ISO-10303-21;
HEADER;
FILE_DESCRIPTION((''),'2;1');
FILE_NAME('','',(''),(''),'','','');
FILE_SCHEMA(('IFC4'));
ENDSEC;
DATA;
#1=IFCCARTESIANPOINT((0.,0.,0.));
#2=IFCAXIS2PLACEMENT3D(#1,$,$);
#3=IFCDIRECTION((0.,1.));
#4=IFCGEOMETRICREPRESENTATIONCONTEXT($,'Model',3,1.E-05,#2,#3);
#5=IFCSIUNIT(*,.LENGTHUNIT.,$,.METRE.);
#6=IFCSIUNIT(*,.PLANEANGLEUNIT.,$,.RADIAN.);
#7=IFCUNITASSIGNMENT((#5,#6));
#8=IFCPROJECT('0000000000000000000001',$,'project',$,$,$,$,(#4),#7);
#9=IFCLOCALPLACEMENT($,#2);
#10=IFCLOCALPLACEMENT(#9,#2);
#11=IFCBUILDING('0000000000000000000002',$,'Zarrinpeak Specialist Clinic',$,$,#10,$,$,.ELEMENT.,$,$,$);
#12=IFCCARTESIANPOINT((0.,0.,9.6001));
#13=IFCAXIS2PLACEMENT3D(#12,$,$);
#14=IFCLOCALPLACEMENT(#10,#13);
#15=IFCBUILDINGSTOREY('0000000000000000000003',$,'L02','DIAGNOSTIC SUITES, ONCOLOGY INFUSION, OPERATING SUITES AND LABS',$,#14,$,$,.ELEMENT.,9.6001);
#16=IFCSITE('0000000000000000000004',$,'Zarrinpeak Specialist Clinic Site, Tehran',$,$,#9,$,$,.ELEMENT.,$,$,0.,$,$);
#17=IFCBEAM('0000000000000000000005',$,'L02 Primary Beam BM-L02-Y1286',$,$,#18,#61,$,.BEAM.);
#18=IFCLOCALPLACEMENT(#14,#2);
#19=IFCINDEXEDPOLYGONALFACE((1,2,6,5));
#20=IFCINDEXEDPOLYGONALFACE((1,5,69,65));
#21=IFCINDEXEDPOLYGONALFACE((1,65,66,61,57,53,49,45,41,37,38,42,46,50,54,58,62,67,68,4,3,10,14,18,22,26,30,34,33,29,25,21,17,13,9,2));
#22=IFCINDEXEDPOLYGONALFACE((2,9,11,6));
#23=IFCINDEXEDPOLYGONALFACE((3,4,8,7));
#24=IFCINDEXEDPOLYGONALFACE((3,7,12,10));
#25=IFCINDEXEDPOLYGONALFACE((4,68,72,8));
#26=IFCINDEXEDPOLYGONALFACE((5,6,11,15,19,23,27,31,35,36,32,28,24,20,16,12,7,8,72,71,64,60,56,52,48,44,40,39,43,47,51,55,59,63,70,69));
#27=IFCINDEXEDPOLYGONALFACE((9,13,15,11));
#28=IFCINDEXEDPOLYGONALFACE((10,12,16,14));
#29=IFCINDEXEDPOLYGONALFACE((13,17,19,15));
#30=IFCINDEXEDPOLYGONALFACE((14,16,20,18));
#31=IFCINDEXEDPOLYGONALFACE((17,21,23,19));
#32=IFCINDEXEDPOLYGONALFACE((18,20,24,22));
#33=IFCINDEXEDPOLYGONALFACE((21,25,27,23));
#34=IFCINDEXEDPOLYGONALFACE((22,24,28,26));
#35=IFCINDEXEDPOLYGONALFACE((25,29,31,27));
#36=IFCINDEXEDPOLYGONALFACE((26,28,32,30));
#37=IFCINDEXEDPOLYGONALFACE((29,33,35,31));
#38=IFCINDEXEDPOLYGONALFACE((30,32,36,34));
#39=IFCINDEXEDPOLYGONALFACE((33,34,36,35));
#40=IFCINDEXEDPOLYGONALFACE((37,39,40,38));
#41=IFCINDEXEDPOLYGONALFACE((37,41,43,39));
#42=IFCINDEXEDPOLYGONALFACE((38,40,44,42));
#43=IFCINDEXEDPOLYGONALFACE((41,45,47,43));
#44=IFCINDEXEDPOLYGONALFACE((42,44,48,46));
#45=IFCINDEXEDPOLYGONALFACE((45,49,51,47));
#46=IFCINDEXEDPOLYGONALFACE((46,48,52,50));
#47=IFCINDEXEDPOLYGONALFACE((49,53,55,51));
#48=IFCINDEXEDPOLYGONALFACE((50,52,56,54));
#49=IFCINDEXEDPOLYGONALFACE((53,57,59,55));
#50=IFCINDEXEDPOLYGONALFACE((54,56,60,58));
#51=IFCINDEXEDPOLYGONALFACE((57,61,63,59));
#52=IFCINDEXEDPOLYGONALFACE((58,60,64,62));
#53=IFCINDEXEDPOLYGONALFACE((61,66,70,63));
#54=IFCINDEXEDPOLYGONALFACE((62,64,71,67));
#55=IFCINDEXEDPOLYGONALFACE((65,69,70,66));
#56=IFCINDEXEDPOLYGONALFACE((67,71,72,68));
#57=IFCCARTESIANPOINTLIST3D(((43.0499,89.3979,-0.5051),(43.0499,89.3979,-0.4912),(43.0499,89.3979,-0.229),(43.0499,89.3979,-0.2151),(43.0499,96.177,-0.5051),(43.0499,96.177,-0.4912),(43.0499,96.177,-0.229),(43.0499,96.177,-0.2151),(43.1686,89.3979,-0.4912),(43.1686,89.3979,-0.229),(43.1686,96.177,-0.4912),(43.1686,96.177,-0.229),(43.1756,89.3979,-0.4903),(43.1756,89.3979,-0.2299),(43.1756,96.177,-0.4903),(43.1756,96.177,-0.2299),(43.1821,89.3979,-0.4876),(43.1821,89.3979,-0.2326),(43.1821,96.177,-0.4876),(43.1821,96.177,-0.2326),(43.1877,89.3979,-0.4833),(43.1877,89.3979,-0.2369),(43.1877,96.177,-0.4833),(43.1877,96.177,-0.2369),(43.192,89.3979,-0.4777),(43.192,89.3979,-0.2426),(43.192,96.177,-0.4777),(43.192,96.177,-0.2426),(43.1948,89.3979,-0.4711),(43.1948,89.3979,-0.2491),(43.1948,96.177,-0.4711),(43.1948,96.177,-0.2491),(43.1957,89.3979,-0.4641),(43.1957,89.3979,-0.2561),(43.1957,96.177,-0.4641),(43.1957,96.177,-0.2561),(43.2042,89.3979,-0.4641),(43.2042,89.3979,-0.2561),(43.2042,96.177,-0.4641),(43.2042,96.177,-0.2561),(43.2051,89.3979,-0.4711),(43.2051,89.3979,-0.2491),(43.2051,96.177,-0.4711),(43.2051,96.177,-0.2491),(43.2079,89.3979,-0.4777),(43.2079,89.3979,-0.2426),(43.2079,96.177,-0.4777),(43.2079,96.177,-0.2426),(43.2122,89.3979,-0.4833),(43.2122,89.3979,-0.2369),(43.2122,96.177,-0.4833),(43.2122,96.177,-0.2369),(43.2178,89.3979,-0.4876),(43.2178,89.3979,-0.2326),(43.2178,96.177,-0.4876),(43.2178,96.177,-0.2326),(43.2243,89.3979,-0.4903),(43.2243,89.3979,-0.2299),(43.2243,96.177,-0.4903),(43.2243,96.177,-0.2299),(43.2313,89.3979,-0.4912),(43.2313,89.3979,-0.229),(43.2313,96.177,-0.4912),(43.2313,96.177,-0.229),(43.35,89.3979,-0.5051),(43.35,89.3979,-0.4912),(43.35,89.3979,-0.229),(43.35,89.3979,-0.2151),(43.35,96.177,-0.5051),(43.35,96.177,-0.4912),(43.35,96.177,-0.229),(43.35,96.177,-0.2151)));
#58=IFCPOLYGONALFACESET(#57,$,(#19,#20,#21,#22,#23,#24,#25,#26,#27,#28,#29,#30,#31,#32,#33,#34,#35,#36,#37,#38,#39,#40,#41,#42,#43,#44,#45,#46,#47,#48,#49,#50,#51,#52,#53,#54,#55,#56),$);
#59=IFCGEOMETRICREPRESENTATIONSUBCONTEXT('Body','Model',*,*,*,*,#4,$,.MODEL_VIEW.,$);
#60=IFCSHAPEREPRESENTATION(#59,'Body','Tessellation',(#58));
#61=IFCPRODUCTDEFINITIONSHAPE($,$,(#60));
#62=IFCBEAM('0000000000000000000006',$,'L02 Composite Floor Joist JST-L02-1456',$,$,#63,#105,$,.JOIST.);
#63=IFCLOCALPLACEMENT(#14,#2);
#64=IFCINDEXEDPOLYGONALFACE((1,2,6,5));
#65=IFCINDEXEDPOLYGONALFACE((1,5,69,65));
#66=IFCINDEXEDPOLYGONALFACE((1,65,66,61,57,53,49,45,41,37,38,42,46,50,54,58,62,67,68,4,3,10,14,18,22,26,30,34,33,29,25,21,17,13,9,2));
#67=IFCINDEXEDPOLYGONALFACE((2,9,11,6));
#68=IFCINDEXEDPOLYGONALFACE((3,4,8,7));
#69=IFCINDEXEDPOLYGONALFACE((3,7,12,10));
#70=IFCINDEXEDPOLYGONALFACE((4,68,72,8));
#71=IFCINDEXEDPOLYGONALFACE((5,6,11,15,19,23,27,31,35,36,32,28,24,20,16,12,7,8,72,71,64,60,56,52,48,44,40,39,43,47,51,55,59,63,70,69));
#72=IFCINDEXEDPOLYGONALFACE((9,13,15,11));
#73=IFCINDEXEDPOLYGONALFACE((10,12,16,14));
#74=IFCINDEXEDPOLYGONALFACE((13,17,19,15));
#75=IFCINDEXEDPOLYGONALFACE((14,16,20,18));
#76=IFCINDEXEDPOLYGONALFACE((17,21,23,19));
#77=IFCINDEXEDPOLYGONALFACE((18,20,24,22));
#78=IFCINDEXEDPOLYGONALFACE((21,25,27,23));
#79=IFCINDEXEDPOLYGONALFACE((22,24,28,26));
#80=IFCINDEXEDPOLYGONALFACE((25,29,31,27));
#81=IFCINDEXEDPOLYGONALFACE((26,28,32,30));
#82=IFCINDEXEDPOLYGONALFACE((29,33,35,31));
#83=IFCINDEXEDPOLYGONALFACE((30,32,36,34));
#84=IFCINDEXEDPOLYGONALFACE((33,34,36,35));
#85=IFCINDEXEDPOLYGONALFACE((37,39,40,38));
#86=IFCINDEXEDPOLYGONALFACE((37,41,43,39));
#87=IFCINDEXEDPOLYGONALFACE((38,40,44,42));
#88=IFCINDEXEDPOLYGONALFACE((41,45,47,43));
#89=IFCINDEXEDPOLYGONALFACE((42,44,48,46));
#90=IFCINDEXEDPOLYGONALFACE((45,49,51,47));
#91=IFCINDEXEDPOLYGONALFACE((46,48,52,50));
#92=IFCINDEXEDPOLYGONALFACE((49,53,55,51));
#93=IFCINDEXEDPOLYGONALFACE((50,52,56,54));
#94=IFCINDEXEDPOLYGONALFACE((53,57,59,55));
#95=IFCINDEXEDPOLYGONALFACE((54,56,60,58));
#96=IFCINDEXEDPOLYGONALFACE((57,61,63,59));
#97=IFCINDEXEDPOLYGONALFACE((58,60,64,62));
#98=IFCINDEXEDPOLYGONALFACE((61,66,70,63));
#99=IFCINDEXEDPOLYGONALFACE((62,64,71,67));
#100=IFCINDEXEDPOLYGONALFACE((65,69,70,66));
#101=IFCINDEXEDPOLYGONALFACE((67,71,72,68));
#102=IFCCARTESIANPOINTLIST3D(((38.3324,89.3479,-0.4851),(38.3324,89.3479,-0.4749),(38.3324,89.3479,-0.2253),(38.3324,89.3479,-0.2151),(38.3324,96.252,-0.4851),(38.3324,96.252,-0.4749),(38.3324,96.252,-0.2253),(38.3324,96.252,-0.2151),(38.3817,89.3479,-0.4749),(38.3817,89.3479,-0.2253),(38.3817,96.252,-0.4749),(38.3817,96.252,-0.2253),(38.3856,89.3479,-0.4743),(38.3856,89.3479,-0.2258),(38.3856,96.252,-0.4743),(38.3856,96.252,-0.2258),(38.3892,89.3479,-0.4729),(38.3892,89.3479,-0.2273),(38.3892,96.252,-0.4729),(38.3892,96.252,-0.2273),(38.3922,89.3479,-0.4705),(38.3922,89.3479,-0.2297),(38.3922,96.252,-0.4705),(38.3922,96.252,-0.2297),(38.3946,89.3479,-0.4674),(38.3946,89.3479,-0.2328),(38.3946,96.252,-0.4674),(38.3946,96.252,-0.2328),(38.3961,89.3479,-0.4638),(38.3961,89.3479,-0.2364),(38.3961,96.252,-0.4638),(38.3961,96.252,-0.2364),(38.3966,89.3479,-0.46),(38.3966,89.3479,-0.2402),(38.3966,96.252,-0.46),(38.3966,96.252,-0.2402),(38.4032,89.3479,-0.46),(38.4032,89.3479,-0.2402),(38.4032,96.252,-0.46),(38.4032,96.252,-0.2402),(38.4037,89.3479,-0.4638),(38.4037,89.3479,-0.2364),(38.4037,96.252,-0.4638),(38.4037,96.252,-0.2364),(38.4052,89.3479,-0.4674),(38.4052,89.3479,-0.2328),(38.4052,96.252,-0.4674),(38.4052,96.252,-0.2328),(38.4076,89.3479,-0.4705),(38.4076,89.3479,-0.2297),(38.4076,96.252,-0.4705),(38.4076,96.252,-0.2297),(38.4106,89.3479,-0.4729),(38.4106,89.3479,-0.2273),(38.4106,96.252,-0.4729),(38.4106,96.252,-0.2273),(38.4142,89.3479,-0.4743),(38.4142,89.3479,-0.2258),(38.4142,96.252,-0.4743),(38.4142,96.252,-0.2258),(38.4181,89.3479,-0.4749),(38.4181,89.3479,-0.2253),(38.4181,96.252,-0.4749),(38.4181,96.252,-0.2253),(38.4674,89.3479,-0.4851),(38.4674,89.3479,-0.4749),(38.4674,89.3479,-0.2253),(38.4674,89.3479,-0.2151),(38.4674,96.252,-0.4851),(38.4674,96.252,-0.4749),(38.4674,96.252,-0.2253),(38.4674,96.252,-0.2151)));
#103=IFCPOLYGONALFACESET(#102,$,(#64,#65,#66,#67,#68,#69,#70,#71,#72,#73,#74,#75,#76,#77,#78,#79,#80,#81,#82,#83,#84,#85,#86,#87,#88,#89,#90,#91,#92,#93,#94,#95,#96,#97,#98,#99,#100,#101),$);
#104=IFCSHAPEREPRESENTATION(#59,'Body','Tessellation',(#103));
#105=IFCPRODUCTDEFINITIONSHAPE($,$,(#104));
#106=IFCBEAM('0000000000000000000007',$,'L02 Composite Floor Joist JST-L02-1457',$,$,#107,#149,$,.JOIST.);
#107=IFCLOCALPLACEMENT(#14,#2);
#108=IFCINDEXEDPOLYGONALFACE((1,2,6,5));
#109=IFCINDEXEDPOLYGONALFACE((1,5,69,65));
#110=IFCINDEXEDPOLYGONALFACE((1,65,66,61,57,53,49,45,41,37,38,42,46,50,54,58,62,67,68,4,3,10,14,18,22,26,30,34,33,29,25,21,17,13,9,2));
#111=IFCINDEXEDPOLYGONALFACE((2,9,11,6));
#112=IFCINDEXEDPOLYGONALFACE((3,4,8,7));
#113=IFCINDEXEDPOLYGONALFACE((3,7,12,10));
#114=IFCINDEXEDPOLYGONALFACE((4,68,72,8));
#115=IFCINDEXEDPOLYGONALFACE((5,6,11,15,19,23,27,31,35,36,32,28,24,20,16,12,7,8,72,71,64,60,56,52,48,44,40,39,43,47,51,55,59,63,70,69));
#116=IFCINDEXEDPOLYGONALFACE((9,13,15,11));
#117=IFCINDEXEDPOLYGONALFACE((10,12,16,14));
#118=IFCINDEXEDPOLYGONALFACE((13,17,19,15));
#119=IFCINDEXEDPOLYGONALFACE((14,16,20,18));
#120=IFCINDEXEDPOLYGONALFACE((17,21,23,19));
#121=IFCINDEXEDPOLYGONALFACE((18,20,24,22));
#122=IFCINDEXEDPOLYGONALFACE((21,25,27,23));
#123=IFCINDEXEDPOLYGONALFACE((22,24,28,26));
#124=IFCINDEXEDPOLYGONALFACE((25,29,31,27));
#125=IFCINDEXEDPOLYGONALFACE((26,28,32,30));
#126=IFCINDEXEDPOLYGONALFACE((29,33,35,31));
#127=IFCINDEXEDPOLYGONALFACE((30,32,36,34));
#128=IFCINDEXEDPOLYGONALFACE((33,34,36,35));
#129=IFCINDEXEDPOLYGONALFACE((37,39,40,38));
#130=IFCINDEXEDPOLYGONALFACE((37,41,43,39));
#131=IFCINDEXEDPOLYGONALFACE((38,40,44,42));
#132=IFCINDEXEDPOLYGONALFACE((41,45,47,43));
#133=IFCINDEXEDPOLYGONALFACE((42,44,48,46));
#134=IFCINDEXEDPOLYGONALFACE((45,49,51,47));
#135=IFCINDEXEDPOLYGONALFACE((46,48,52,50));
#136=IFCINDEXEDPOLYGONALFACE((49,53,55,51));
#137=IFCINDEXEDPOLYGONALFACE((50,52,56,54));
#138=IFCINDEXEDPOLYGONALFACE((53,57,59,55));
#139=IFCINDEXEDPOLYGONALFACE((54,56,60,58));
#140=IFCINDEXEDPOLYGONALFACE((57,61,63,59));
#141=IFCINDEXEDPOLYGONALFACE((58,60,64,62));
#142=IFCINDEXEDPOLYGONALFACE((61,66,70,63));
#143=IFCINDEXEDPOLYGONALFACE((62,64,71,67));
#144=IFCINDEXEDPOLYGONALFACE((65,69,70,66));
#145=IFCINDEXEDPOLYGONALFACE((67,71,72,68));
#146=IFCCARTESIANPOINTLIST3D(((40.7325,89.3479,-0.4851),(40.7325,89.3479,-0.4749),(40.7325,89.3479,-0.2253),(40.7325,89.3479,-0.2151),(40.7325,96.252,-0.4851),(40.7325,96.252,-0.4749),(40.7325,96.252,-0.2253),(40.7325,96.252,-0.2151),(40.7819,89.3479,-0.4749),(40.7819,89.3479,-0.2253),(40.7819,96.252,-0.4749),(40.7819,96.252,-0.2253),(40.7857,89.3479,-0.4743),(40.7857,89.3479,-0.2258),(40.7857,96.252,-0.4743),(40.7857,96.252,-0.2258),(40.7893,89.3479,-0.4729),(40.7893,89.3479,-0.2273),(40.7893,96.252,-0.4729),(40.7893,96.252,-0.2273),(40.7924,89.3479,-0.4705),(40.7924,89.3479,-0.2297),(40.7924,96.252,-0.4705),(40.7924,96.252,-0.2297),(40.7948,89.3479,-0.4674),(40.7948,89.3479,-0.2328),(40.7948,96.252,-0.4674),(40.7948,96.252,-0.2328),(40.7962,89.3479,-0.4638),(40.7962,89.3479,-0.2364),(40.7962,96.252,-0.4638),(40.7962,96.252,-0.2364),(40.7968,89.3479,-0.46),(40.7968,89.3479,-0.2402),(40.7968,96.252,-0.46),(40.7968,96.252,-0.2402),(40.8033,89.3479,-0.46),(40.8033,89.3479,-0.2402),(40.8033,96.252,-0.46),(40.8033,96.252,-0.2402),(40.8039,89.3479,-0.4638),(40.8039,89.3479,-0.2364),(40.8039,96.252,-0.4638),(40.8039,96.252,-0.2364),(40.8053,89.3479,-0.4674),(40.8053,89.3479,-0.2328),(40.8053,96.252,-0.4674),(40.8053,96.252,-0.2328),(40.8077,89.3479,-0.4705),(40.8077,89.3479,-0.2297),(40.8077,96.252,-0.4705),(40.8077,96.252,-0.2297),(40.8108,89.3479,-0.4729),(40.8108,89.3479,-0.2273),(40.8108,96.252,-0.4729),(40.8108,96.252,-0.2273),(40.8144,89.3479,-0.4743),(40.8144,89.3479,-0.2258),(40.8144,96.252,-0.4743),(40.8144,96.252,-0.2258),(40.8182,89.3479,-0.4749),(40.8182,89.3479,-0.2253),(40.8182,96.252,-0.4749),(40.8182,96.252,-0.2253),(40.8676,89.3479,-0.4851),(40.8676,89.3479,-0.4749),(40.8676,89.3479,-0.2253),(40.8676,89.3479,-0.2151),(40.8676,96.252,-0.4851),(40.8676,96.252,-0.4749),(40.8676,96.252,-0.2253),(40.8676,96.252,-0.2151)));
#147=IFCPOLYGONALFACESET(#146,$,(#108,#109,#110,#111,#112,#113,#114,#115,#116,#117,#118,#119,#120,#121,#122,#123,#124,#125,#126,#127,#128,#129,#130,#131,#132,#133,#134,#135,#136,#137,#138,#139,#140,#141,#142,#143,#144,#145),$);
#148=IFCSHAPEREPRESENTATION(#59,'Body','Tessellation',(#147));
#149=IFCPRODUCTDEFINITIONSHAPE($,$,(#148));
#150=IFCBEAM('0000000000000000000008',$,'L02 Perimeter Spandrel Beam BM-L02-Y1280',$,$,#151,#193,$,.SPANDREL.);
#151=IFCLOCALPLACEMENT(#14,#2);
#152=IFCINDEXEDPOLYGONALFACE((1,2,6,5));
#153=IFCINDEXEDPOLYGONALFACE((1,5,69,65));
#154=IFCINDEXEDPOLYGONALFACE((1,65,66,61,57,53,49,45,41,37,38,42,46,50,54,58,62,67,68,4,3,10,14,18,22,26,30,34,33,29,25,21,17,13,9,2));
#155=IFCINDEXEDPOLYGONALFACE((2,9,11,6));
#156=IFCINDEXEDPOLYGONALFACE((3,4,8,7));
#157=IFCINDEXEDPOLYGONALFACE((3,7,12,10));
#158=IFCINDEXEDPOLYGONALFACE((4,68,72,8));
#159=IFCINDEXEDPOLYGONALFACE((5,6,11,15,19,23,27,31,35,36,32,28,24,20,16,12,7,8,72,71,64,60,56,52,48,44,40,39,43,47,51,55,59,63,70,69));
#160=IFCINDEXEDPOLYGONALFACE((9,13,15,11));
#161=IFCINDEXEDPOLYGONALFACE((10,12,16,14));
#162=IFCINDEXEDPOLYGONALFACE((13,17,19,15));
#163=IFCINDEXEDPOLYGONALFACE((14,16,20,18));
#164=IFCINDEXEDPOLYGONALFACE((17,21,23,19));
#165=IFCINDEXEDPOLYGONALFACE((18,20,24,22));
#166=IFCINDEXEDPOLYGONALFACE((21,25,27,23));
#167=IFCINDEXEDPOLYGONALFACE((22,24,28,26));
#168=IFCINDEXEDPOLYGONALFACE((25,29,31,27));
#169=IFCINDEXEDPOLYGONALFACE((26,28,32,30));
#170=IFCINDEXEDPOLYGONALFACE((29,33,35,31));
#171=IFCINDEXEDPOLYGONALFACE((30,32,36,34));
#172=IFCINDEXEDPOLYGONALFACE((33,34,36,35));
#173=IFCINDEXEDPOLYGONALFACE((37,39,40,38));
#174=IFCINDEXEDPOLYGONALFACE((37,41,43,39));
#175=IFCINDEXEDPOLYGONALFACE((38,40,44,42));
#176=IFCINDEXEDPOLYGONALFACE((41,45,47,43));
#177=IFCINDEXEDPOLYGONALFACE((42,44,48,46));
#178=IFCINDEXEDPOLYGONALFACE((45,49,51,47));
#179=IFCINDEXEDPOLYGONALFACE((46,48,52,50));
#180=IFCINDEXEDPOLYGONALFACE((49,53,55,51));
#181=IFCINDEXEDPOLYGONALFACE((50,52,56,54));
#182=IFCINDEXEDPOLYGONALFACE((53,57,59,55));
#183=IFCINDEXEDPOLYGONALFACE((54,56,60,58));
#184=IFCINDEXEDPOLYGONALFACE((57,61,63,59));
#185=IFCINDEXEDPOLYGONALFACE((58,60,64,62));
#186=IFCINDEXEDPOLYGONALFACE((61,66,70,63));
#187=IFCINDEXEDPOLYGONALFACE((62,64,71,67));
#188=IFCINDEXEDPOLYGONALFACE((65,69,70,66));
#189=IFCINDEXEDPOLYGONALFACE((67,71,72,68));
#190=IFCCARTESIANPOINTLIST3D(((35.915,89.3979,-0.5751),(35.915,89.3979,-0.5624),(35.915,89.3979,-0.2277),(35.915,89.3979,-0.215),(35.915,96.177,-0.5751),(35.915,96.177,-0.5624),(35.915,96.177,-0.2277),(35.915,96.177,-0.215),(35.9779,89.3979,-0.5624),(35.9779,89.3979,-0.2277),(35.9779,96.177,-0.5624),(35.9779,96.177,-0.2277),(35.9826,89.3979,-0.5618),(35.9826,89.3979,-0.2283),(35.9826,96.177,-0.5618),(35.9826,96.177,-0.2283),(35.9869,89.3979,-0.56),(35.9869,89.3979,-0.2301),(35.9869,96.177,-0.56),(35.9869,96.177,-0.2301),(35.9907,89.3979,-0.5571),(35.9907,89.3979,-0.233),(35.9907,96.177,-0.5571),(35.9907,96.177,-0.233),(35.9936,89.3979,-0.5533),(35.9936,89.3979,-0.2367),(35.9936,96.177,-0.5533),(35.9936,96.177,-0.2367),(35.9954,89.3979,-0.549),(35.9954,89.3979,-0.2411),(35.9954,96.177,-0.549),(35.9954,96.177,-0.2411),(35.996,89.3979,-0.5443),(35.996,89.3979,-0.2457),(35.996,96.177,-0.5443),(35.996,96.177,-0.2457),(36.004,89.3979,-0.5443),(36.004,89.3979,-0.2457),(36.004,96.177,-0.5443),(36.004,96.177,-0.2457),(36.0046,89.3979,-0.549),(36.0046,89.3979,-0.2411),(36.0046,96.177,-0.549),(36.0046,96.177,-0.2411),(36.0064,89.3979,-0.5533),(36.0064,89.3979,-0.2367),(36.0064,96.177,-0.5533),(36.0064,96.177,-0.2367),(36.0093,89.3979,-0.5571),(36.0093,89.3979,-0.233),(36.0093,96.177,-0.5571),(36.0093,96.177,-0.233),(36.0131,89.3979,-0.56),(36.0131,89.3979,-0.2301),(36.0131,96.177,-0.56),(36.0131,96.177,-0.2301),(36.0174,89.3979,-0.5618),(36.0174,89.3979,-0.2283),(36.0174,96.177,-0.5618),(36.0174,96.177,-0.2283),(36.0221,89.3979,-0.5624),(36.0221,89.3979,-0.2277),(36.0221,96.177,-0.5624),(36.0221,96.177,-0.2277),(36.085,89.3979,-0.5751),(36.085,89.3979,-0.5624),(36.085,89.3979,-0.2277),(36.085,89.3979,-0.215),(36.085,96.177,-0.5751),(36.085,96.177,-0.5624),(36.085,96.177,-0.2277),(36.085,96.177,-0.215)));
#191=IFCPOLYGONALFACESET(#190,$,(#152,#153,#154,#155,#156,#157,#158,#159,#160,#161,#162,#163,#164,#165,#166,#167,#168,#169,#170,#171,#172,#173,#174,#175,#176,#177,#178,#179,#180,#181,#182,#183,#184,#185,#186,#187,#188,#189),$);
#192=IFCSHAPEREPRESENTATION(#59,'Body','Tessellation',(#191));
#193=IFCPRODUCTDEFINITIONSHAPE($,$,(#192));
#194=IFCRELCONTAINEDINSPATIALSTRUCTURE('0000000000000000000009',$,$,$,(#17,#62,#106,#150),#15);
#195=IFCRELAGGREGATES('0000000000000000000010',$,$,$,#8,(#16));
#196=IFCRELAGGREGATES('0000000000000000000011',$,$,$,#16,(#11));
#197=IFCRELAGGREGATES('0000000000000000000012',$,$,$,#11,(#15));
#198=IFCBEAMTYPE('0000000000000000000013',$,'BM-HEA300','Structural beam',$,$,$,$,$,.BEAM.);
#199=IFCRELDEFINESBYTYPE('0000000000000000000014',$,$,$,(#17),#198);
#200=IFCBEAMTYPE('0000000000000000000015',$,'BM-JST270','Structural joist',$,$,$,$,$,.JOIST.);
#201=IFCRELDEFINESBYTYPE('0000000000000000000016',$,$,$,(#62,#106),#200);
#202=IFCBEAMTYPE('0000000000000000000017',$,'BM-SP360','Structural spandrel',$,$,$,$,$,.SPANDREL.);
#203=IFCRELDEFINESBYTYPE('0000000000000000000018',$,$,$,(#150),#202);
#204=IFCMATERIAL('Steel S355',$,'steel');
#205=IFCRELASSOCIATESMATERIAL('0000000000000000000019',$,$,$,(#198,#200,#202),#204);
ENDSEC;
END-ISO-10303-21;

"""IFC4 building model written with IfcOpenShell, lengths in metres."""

from ifc_helpers import new_model, si_unit, direction, frame, origin, origin_2d, place, context, subcontext, project, spatial, i_section, extrude, material, material_profile, profile_set, type_object, element, save


model = new_model("IFC4")

# Units and contexts
model_context = context("Model", 3, precision=1e-05, world=origin(), true_north=direction((0.0, 1.0)))
body_context = subcontext(model_context, "Body", "Model", "MODEL_VIEW")
ifc_project = project(units=[si_unit("LENGTHUNIT", "METRE"), si_unit("PLANEANGLEUNIT", "RADIAN")], contexts=[model_context])

# Site, building, storey
site_placement = place(None, origin())
site = spatial("IfcSite", under=ifc_project, at=site_placement, Name="Zarrinpeak Specialist Clinic Site, Tehran", CompositionType="ELEMENT", RefElevation=0.0)
building_placement = place(site_placement, origin())
building = spatial("IfcBuilding", under=site, at=building_placement, Name="Zarrinpeak Specialist Clinic", CompositionType="ELEMENT")
storey_placement = place(building_placement, frame((0.0, 0.0, 9.6001)))
storey = spatial("IfcBuildingStorey", under=building, at=storey_placement, Name="L02", Description="DIAGNOSTIC SUITES, ONCOLOGY INFUSION, OPERATING SUITES AND LABS", CompositionType="ELEMENT", Elevation=9.6001)

# Shared definitions
ifc_material_1 = material(Name="Steel S355", Category="steel")

# Beams
ifc_material_profile_1 = material_profile(ifc_material_1, i_section(OverallWidth=0.3, OverallDepth=0.29, WebThickness=0.0085, FlangeThickness=0.0139, FilletRadius=0.0271, at=origin_2d()), Name="HEA 300")
ifc_profile_set_1 = profile_set([ifc_material_profile_1], Name="Steel S355")
beam_type_1 = type_object("IfcBeamType", Name="BM-HEA300", Description="Structural beam", PredefinedType="BEAM", material=ifc_profile_set_1)
beam_1_placement = place(storey_placement, frame((43.2, 89.3979, -0.3601), z_axis=(0.0, 1.0, 0.0), x_axis=(-1.0, 0.0, 0.0)))
element("IfcBeam", 1, at=beam_1_placement, inside=storey, type_object=beam_type_1, Name="L02 Primary Beam BM-L02-Y1286", PredefinedType="BEAM", context=body_context, shape_type="SweptSolid", body=[
    extrude(i_section(OverallWidth=0.3, OverallDepth=0.29, WebThickness=0.0085, FlangeThickness=0.0139, FilletRadius=0.0271, at=origin_2d()), origin(), (0.0, 0.0, 1.0), 6.7791),
])
ifc_material_profile_2 = material_profile(ifc_material_1, i_section(OverallWidth=0.135, OverallDepth=0.27, WebThickness=0.0066, FlangeThickness=0.0103, FilletRadius=0.0149, at=origin_2d()), Name="IPE 270")
ifc_profile_set_2 = profile_set([ifc_material_profile_2], Name="Steel S355")
beam_type_2 = type_object("IfcBeamType", Name="BM-JST270", Description="Structural joist", PredefinedType="JOIST", material=ifc_profile_set_2)
for number, where, z_axis, x_axis, name in (
    (2, (38.3999, 89.3479, -0.3501), (0.0, 1.0, 0.0), (-1.0, 0.0, 0.0), "L02 Composite Floor Joist JST-L02-1456"),
    (3, (40.8, 89.3479, -0.3501), (0.0, 1.0, 0.0), (-1.0, 0.0, 0.0), "L02 Composite Floor Joist JST-L02-1457"),
):
    element("IfcBeam", number, at=place(storey_placement, frame(where, z_axis=z_axis, x_axis=x_axis)), inside=storey, type_object=beam_type_2, Name=name, PredefinedType="JOIST", context=body_context, shape_type="SweptSolid", body=[
        extrude(i_section(OverallWidth=0.135, OverallDepth=0.27, WebThickness=0.0066, FlangeThickness=0.0103, FilletRadius=0.0149, at=origin_2d()), origin(), (0.0, 0.0, 1.0), 6.9041),
    ])
ifc_material_profile_3 = material_profile(ifc_material_1, i_section(OverallWidth=0.1699, OverallDepth=0.3601, WebThickness=0.0081, FlangeThickness=0.0127, FilletRadius=0.0181, at=origin_2d()), Name="IPE 360")
ifc_profile_set_3 = profile_set([ifc_material_profile_3], Name="Steel S355")
beam_type_3 = type_object("IfcBeamType", Name="BM-SP360", Description="Structural spandrel", PredefinedType="SPANDREL", material=ifc_profile_set_3)
beam_2_placement = place(storey_placement, frame((36.0, 89.3979, -0.395), z_axis=(0.0, 1.0, 0.0), x_axis=(-1.0, 0.0, 0.0)))
element("IfcBeam", 4, at=beam_2_placement, inside=storey, type_object=beam_type_3, Name="L02 Perimeter Spandrel Beam BM-L02-Y1280", PredefinedType="SPANDREL", context=body_context, shape_type="SweptSolid", body=[
    extrude(i_section(OverallWidth=0.1699, OverallDepth=0.3601, WebThickness=0.0081, FlangeThickness=0.0127, FilletRadius=0.0181, at=origin_2d()), origin(), (0.0, 0.0, 1.0), 6.7791),
])

save(model, "model.ifc")
